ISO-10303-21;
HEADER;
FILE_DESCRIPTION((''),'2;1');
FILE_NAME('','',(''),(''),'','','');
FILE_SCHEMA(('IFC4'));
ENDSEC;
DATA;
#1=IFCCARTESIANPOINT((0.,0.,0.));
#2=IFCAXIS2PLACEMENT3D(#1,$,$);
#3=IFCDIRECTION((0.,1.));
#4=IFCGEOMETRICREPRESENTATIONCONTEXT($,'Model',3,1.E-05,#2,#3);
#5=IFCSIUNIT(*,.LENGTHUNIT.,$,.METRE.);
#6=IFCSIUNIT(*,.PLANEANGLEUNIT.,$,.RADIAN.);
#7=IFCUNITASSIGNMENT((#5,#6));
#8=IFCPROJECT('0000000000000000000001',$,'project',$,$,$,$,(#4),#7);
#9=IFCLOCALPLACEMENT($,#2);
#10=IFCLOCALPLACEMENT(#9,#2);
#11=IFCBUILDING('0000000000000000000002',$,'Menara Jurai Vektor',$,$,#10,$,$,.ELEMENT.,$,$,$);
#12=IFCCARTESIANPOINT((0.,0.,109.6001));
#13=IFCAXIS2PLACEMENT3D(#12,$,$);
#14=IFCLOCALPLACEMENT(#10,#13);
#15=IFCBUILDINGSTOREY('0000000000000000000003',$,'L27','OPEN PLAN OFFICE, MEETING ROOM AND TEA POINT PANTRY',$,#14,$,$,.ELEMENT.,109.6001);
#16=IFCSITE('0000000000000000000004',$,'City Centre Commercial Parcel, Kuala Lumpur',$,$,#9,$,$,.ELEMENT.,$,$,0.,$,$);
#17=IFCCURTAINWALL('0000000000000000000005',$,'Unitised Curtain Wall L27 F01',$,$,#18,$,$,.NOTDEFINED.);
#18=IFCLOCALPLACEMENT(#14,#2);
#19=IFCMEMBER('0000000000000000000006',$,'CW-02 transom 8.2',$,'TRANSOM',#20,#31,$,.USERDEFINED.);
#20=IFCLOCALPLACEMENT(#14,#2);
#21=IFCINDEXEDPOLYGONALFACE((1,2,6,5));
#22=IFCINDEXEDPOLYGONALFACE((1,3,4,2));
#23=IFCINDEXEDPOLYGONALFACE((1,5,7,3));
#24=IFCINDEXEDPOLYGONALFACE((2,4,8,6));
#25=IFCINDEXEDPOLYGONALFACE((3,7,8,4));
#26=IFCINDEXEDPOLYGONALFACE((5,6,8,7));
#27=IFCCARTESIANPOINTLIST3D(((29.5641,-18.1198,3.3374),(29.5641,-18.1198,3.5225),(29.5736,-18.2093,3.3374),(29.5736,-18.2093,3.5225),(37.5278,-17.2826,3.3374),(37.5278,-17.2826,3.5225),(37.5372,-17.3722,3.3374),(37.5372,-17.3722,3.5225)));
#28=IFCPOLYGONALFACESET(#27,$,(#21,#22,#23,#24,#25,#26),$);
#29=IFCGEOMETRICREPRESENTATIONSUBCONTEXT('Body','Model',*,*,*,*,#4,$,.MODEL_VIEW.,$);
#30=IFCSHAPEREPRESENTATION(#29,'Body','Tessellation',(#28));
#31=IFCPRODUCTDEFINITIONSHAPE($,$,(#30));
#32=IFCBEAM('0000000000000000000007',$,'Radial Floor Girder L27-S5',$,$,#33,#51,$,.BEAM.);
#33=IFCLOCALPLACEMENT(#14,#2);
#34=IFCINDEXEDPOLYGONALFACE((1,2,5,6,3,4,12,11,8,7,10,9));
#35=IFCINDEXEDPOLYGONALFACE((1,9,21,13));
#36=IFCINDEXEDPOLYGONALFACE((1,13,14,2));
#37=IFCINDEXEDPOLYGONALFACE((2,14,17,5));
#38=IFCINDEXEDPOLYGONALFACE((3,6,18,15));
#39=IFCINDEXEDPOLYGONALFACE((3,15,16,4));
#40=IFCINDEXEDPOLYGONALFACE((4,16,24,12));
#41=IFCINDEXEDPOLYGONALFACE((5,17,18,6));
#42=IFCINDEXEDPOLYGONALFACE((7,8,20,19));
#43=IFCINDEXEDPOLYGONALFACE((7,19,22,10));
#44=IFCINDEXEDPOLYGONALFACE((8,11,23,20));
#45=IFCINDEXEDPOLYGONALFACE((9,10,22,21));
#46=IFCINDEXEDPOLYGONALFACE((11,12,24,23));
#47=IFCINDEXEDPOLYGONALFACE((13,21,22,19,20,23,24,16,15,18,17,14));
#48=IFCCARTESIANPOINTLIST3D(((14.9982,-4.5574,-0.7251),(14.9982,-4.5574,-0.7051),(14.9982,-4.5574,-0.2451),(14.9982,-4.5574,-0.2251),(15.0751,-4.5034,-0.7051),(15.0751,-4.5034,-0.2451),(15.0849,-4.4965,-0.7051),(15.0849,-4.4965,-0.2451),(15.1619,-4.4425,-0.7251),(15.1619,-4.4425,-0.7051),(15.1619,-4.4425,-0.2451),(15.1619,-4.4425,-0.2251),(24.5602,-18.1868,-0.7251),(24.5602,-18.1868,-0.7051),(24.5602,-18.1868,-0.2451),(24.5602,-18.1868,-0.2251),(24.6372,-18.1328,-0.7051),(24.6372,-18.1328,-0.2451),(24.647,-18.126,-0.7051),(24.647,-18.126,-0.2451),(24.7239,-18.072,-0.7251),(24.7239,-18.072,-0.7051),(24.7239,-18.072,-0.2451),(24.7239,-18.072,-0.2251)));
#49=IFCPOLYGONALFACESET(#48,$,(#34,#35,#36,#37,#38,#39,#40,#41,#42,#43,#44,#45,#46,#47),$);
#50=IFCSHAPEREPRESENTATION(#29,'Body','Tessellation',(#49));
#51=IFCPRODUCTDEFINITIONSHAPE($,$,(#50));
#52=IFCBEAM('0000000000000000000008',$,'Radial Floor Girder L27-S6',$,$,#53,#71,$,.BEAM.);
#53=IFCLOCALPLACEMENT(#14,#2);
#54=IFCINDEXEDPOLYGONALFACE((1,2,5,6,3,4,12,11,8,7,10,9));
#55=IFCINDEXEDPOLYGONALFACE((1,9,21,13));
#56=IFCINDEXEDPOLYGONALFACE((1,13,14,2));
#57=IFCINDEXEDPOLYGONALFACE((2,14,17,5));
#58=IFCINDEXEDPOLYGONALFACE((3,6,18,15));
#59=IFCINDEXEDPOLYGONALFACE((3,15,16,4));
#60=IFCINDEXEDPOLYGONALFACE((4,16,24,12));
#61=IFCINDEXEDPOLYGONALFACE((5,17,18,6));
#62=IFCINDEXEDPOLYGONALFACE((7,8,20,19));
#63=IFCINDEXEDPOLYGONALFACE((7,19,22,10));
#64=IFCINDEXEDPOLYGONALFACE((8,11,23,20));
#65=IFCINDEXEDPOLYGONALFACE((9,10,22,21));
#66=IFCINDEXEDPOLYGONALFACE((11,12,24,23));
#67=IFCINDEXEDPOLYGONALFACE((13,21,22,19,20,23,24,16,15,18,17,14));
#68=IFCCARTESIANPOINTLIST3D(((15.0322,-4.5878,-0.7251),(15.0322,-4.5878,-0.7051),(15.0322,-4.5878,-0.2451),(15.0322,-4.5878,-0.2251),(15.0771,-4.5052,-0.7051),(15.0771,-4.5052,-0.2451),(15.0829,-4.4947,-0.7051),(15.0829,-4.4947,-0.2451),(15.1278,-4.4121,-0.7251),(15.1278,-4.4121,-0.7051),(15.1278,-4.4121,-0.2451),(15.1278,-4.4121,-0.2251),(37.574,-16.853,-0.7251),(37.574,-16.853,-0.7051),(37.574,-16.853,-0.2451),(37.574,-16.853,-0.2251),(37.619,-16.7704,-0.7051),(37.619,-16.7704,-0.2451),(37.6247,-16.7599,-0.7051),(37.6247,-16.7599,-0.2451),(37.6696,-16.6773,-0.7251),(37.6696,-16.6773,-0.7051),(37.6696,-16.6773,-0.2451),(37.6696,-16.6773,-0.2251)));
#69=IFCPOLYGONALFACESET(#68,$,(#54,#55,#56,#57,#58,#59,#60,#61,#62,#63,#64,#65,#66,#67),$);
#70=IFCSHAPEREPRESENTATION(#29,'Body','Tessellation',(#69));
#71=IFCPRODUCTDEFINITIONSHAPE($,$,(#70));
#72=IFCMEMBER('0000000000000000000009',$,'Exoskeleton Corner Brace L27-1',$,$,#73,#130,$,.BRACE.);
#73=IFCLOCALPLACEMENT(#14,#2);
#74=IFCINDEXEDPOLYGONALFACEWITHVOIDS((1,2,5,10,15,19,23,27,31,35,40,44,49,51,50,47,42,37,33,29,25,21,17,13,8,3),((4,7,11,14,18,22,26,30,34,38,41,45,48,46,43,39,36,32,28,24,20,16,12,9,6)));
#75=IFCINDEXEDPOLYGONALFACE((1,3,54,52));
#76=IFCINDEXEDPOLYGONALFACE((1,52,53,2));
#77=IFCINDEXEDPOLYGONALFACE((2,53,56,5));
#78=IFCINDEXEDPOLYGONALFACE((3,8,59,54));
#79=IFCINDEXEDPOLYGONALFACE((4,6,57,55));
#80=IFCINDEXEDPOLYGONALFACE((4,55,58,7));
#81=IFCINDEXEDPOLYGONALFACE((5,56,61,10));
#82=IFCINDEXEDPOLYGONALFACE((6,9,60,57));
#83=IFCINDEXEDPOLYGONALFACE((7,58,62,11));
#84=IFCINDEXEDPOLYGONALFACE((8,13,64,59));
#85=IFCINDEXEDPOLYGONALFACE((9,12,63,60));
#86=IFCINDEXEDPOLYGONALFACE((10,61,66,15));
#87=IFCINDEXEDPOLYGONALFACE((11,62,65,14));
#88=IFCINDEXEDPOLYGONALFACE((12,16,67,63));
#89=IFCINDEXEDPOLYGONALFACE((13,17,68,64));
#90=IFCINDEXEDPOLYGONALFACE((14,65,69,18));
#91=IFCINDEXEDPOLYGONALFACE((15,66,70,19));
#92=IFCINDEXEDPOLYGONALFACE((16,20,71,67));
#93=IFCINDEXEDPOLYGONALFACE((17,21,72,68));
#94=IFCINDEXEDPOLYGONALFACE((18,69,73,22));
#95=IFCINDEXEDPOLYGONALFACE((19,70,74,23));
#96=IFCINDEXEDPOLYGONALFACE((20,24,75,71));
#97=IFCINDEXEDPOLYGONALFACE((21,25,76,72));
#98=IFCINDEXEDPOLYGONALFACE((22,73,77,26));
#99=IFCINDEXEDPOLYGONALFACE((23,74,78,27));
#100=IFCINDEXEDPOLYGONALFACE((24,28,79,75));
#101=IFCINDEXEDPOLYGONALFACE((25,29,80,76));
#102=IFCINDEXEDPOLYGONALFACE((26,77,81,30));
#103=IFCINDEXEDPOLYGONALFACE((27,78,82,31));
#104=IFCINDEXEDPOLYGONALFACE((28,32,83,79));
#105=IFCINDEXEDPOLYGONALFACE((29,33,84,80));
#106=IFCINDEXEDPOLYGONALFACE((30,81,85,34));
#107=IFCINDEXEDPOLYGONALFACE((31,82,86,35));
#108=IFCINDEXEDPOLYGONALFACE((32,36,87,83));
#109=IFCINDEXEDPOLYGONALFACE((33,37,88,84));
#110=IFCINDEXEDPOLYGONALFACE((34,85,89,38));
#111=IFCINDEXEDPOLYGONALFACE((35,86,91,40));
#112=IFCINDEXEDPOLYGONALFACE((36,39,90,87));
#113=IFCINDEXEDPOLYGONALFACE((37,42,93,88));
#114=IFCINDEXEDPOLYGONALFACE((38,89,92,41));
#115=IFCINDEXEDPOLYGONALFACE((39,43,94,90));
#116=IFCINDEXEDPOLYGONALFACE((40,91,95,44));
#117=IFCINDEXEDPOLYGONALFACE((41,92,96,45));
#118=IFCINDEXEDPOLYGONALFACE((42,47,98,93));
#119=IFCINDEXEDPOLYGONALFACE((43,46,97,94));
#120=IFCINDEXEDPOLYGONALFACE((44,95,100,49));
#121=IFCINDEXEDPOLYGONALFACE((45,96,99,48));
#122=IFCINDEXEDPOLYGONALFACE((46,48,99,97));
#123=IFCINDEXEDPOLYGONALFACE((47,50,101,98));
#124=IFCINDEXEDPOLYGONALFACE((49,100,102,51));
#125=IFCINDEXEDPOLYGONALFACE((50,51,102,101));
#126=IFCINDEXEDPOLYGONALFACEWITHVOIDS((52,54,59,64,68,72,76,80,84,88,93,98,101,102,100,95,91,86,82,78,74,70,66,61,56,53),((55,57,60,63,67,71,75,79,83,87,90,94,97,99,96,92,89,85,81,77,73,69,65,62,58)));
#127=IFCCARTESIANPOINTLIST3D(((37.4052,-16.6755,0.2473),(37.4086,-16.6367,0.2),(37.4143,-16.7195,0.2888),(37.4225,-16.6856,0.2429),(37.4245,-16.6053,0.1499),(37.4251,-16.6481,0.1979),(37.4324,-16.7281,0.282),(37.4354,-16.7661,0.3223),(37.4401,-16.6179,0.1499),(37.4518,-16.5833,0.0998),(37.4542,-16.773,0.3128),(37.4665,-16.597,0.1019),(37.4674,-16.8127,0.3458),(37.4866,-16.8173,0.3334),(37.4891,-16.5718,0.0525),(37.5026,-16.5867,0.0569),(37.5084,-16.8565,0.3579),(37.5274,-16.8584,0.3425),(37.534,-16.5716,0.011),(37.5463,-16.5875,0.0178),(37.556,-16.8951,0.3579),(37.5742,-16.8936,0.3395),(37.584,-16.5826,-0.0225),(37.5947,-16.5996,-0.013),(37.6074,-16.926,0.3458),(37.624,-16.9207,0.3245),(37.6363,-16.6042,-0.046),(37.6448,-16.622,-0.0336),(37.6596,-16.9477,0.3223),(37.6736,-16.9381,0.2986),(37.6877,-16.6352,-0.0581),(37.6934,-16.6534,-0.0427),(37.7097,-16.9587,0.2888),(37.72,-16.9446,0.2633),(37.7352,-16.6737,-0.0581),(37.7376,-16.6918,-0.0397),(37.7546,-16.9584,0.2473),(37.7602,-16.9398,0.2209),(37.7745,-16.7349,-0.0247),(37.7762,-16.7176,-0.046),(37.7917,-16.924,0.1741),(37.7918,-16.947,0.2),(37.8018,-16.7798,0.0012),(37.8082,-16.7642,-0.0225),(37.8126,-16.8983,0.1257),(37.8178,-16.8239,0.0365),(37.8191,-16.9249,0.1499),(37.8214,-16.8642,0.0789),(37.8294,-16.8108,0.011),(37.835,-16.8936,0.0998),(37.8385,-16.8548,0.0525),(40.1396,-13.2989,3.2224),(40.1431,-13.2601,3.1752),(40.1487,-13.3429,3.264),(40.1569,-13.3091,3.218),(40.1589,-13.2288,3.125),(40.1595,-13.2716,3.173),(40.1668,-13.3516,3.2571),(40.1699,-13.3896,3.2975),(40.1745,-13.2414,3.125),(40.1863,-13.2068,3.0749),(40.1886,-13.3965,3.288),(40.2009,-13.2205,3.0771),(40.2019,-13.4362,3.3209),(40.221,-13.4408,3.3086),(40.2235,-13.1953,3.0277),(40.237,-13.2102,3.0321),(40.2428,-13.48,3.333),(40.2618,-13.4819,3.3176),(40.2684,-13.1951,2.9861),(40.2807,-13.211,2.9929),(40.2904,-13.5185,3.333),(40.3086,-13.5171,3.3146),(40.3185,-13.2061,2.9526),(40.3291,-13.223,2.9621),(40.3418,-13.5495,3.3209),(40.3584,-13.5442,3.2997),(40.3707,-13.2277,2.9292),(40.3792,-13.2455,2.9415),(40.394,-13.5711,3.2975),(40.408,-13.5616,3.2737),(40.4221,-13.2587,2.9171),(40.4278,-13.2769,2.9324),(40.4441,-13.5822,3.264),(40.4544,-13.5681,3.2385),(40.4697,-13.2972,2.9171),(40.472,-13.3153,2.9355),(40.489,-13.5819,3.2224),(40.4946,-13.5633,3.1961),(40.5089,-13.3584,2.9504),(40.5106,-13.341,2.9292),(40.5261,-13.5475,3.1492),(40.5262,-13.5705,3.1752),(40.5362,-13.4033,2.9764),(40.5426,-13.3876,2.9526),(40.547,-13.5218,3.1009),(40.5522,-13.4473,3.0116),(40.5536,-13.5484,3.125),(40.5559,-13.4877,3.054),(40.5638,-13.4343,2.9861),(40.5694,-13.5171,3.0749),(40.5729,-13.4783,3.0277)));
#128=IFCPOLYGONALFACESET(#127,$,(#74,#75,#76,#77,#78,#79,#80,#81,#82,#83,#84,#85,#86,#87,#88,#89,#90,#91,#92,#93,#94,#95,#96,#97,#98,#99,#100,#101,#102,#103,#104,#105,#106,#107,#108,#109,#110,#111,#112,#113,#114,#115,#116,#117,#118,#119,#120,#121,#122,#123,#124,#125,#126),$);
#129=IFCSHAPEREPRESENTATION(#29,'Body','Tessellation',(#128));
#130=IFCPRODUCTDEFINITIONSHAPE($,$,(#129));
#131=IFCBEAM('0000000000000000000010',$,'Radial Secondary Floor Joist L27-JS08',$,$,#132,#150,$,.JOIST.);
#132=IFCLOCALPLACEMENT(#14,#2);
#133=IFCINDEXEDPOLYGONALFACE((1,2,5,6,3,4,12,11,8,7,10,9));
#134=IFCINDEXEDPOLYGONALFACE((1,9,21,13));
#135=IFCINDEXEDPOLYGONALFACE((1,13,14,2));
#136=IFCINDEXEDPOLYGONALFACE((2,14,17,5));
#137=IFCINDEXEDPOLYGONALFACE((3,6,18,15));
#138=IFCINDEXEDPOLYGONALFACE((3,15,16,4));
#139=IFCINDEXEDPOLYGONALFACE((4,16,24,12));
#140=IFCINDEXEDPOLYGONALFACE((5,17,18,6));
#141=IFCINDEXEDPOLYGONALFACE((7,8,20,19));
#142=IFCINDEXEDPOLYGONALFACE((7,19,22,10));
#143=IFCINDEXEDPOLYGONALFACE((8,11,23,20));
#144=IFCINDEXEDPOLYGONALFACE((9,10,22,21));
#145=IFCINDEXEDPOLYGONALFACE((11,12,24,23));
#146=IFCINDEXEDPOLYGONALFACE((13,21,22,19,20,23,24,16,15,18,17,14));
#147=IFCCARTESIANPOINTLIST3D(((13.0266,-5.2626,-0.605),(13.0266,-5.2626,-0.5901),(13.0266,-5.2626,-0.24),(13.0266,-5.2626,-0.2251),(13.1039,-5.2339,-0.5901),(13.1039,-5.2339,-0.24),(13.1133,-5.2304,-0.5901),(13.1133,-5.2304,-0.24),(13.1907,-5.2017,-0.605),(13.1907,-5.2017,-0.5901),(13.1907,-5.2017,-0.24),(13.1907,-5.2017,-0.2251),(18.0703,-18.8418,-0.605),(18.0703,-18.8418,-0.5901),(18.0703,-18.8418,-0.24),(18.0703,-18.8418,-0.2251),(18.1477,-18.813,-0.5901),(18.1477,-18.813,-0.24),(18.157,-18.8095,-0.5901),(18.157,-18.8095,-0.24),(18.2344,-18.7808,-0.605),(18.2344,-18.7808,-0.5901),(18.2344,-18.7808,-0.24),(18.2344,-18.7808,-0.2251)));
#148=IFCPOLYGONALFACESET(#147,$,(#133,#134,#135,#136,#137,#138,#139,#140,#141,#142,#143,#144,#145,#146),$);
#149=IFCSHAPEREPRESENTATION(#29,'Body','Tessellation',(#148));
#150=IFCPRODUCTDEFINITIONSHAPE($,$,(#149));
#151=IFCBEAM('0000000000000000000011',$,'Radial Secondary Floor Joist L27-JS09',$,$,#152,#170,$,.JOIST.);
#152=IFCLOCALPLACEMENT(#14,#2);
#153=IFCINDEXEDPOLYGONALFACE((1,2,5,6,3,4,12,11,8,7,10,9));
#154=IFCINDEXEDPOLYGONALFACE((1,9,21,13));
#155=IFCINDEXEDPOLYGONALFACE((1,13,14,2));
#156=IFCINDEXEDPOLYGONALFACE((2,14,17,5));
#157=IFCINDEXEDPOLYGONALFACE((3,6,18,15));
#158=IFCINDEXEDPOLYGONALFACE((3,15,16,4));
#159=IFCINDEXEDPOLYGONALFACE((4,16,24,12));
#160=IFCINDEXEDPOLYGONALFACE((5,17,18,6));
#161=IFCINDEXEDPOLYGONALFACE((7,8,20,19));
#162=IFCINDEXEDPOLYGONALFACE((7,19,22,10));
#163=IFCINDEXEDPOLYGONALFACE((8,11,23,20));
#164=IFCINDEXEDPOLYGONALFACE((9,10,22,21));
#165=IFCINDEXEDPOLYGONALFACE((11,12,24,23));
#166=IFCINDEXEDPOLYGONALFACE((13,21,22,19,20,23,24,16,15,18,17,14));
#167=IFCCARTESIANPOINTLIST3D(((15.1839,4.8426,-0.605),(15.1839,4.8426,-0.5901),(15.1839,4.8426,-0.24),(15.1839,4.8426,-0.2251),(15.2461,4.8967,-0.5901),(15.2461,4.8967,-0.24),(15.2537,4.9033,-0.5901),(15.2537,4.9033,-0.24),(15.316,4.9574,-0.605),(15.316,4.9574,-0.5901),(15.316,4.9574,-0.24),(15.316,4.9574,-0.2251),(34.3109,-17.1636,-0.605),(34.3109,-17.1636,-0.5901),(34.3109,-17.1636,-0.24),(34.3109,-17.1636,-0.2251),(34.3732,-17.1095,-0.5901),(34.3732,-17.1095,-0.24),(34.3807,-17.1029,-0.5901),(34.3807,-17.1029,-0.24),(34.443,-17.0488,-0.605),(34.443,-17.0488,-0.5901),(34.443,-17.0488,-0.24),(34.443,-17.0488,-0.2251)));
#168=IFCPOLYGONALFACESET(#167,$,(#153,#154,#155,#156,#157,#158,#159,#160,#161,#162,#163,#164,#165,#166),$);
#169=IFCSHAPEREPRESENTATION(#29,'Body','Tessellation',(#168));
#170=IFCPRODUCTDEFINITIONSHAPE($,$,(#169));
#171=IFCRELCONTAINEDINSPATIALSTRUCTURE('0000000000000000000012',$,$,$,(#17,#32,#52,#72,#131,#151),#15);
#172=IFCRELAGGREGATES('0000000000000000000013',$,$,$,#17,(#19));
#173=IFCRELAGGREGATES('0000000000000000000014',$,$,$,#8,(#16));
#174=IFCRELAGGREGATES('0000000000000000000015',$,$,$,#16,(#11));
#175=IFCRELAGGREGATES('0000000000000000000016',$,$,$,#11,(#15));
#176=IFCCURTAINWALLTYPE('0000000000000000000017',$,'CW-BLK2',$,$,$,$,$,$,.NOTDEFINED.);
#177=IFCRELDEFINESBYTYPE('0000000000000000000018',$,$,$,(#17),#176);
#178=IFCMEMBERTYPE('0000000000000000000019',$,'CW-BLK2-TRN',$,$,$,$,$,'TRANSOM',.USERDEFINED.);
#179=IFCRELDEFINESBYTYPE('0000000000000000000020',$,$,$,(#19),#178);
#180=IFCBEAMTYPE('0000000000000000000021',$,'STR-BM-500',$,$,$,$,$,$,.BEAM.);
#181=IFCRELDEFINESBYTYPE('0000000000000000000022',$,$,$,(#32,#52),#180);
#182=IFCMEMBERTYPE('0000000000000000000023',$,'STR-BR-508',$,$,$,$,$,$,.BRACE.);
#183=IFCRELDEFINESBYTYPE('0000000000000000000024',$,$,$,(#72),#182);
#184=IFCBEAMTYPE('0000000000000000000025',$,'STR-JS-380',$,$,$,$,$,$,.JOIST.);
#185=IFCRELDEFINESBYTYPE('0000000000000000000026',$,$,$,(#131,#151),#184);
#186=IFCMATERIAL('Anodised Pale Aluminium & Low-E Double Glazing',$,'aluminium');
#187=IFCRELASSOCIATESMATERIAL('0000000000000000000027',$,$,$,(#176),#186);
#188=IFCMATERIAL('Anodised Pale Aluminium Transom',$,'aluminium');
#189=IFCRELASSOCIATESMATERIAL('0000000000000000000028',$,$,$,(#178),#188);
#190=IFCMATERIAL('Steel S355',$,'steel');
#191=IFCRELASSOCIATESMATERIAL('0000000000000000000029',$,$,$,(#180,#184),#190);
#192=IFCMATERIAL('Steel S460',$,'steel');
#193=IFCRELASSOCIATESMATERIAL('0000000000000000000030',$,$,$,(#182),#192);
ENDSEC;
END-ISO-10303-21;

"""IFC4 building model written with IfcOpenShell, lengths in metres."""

from ifc_helpers import new_model, si_unit, direction, frame, origin, origin_2d, place, context, subcontext, project, spatial, rectangle, hollow_circle, i_section, extrude, material, material_profile, profile_set, type_object, element, aggregate, save


model = new_model("IFC4")

# Units and contexts
model_context = context("Model", 3, precision=1e-05, world=origin(), true_north=direction((0.0, 1.0)))
body_context = subcontext(model_context, "Body", "Model", "MODEL_VIEW")
ifc_project = project(units=[si_unit("LENGTHUNIT", "METRE"), si_unit("PLANEANGLEUNIT", "RADIAN")], contexts=[model_context])

# Site, building, storey
site_placement = place(None, origin())
site = spatial("IfcSite", under=ifc_project, at=site_placement, Name="City Centre Commercial Parcel, Kuala Lumpur", CompositionType="ELEMENT", RefElevation=0.0)
building_placement = place(site_placement, origin())
building = spatial("IfcBuilding", under=site, at=building_placement, Name="Menara Jurai Vektor", CompositionType="ELEMENT")
storey_placement = place(building_placement, frame((0.0, 0.0, 109.6001)))
storey = spatial("IfcBuildingStorey", under=building, at=storey_placement, Name="L27", Description="OPEN PLAN OFFICE, MEETING ROOM AND TEA POINT PANTRY", CompositionType="ELEMENT", Elevation=109.6001)

# Shared definitions
ifc_material_1 = material(Name="Steel S460", Category="steel")

# Curtain wall
ifc_material_2 = material(Name="Anodised Pale Aluminium & Low-E Double Glazing", Category="aluminium")
curtain_wall_type = type_object("IfcCurtainWallType", Name="CW-BLK2", PredefinedType="NOTDEFINED", material=ifc_material_2)
curtain_wall_1_placement = place(storey_placement, origin())
curtain_wall_1 = element("IfcCurtainWall", 1, at=curtain_wall_1_placement, inside=storey, type_object=curtain_wall_type, Name="Unitised Curtain Wall L27 F01", PredefinedType="NOTDEFINED")

# Member
ifc_material_3 = material(Name="Anodised Pale Aluminium Transom", Category="aluminium")
ifc_material_profile_1 = material_profile(ifc_material_3, rectangle(XDim=0.0901, YDim=0.1851, at=origin_2d()), Name="ALU TRN 90x185")
ifc_profile_set_1 = profile_set([ifc_material_profile_1], Name="Anodised Pale Aluminium Transom")
member_type_1 = type_object("IfcMemberType", Name="CW-BLK2-TRN", ElementType="TRANSOM", PredefinedType="USERDEFINED", material=ifc_profile_set_1)
member_1_placement = place(storey_placement, frame((29.5688, -18.1646, 3.4299), z_axis=(0.99452, 0.104547, 0.0), x_axis=(-0.104547, 0.99452, 0.0)))
member_1 = element("IfcMember", 2, at=member_1_placement, type_object=member_type_1, Name="CW-02 transom 8.2", ObjectType="TRANSOM", PredefinedType="USERDEFINED", context=body_context, shape_type="SweptSolid", body=[
    extrude(rectangle(XDim=0.0901, YDim=0.1851, at=origin_2d()), origin(), (0.0, 0.0, 1.0), 8.0076),
])

# Beams
ifc_material_4 = material(Name="Steel S355", Category="steel")
ifc_material_profile_2 = material_profile(ifc_material_4, i_section(OverallWidth=0.2, OverallDepth=0.5, WebThickness=0.012, FlangeThickness=0.02, at=origin_2d()), Name="PG 500x200x96")
ifc_profile_set_2 = profile_set([ifc_material_profile_2], Name="Steel S355")
beam_type_1 = type_object("IfcBeamType", Name="STR-BM-500", PredefinedType="BEAM", material=ifc_profile_set_2)
beam_1_placement = place(storey_placement, frame((24.6421, -18.1294, -0.4751), z_axis=(-0.574326, 0.818627, 0.0), x_axis=(-0.818627, -0.574326, 0.0)))
element("IfcBeam", 3, at=beam_1_placement, inside=storey, type_object=beam_type_1, Name="Radial Floor Girder L27-S5", PredefinedType="BEAM", context=body_context, shape_type="SweptSolid", body=[
    extrude(i_section(OverallWidth=0.2, OverallDepth=0.5, WebThickness=0.012, FlangeThickness=0.02, at=origin_2d()), origin(), (0.0, 0.0, 1.0), 16.6492),
])
beam_2_placement = place(storey_placement, frame((37.6218, -16.7651, -0.4751), z_axis=(-0.878392, 0.47794, 0.0), x_axis=(-0.47794, -0.878392, 0.0)))
element("IfcBeam", 4, at=beam_2_placement, inside=storey, type_object=beam_type_1, Name="Radial Floor Girder L27-S6", PredefinedType="BEAM", context=body_context, shape_type="SweptSolid", body=[
    extrude(i_section(OverallWidth=0.2, OverallDepth=0.5, WebThickness=0.012, FlangeThickness=0.02, at=origin_2d()), origin(), (0.0, 0.0, 1.0), 25.6626),
])

# Member
ifc_material_profile_3 = material_profile(ifc_material_1, hollow_circle(Radius=0.2539, WallThickness=0.02, at=origin_2d()), Name="CHS 508x20")
ifc_profile_set_3 = profile_set([ifc_material_profile_3], Name="Steel S460")
member_type_2 = type_object("IfcMemberType", Name="STR-BR-508", PredefinedType="BRACE", material=ifc_profile_set_3)
member_2_placement = place(storey_placement, frame((37.6218, -16.7651, 0.1499), z_axis=(0.519272, 0.641208, 0.564986), x_axis=(-0.777127, 0.629344, 0.0)))
element("IfcMember", 5, at=member_2_placement, inside=storey, type_object=member_type_2, Name="Exoskeleton Corner Brace L27-1", PredefinedType="BRACE", context=body_context, shape_type="SweptSolid", body=[
    extrude(hollow_circle(Radius=0.2539, WallThickness=0.02, at=origin_2d()), origin(), (0.0, 0.0, 1.0), 5.2659),
])

# Beams
ifc_material_profile_4 = material_profile(ifc_material_4, i_section(OverallWidth=0.175, OverallDepth=0.3799, WebThickness=0.01, FlangeThickness=0.0149, at=origin_2d()), Name="PG 380x175x58")
ifc_profile_set_4 = profile_set([ifc_material_profile_4], Name="Steel S355")
beam_type_2 = type_object("IfcBeamType", Name="STR-JS-380", PredefinedType="JOIST", material=ifc_profile_set_4)
beam_3_placement = place(storey_placement, frame((18.1523, -18.8113, -0.415), z_axis=(-0.348189, 0.937424, 0.0), x_axis=(-0.937424, -0.348189, 0.0)))
element("IfcBeam", 6, at=beam_3_placement, inside=storey, type_object=beam_type_2, Name="Radial Secondary Floor Joist L27-JS08", PredefinedType="JOIST", context=body_context, shape_type="SweptSolid", body=[
    extrude(i_section(OverallWidth=0.175, OverallDepth=0.3799, WebThickness=0.01, FlangeThickness=0.0149, at=origin_2d()), origin(), (0.0, 0.0, 1.0), 14.4856),
])
beam_4_placement = place(storey_placement, frame((34.377, -17.1062, -0.415), z_axis=(-0.656007, 0.754755, 0.0), x_axis=(-0.754755, -0.656007, 0.0)))
element("IfcBeam", 7, at=beam_4_placement, inside=storey, type_object=beam_type_2, Name="Radial Secondary Floor Joist L27-JS09", PredefinedType="JOIST", context=body_context, shape_type="SweptSolid", body=[
    extrude(i_section(OverallWidth=0.175, OverallDepth=0.3799, WebThickness=0.01, FlangeThickness=0.0149, at=origin_2d()), origin(), (0.0, 0.0, 1.0), 29.1567),
])

aggregate(curtain_wall_1, [member_1])

save(model, "model.ifc")
